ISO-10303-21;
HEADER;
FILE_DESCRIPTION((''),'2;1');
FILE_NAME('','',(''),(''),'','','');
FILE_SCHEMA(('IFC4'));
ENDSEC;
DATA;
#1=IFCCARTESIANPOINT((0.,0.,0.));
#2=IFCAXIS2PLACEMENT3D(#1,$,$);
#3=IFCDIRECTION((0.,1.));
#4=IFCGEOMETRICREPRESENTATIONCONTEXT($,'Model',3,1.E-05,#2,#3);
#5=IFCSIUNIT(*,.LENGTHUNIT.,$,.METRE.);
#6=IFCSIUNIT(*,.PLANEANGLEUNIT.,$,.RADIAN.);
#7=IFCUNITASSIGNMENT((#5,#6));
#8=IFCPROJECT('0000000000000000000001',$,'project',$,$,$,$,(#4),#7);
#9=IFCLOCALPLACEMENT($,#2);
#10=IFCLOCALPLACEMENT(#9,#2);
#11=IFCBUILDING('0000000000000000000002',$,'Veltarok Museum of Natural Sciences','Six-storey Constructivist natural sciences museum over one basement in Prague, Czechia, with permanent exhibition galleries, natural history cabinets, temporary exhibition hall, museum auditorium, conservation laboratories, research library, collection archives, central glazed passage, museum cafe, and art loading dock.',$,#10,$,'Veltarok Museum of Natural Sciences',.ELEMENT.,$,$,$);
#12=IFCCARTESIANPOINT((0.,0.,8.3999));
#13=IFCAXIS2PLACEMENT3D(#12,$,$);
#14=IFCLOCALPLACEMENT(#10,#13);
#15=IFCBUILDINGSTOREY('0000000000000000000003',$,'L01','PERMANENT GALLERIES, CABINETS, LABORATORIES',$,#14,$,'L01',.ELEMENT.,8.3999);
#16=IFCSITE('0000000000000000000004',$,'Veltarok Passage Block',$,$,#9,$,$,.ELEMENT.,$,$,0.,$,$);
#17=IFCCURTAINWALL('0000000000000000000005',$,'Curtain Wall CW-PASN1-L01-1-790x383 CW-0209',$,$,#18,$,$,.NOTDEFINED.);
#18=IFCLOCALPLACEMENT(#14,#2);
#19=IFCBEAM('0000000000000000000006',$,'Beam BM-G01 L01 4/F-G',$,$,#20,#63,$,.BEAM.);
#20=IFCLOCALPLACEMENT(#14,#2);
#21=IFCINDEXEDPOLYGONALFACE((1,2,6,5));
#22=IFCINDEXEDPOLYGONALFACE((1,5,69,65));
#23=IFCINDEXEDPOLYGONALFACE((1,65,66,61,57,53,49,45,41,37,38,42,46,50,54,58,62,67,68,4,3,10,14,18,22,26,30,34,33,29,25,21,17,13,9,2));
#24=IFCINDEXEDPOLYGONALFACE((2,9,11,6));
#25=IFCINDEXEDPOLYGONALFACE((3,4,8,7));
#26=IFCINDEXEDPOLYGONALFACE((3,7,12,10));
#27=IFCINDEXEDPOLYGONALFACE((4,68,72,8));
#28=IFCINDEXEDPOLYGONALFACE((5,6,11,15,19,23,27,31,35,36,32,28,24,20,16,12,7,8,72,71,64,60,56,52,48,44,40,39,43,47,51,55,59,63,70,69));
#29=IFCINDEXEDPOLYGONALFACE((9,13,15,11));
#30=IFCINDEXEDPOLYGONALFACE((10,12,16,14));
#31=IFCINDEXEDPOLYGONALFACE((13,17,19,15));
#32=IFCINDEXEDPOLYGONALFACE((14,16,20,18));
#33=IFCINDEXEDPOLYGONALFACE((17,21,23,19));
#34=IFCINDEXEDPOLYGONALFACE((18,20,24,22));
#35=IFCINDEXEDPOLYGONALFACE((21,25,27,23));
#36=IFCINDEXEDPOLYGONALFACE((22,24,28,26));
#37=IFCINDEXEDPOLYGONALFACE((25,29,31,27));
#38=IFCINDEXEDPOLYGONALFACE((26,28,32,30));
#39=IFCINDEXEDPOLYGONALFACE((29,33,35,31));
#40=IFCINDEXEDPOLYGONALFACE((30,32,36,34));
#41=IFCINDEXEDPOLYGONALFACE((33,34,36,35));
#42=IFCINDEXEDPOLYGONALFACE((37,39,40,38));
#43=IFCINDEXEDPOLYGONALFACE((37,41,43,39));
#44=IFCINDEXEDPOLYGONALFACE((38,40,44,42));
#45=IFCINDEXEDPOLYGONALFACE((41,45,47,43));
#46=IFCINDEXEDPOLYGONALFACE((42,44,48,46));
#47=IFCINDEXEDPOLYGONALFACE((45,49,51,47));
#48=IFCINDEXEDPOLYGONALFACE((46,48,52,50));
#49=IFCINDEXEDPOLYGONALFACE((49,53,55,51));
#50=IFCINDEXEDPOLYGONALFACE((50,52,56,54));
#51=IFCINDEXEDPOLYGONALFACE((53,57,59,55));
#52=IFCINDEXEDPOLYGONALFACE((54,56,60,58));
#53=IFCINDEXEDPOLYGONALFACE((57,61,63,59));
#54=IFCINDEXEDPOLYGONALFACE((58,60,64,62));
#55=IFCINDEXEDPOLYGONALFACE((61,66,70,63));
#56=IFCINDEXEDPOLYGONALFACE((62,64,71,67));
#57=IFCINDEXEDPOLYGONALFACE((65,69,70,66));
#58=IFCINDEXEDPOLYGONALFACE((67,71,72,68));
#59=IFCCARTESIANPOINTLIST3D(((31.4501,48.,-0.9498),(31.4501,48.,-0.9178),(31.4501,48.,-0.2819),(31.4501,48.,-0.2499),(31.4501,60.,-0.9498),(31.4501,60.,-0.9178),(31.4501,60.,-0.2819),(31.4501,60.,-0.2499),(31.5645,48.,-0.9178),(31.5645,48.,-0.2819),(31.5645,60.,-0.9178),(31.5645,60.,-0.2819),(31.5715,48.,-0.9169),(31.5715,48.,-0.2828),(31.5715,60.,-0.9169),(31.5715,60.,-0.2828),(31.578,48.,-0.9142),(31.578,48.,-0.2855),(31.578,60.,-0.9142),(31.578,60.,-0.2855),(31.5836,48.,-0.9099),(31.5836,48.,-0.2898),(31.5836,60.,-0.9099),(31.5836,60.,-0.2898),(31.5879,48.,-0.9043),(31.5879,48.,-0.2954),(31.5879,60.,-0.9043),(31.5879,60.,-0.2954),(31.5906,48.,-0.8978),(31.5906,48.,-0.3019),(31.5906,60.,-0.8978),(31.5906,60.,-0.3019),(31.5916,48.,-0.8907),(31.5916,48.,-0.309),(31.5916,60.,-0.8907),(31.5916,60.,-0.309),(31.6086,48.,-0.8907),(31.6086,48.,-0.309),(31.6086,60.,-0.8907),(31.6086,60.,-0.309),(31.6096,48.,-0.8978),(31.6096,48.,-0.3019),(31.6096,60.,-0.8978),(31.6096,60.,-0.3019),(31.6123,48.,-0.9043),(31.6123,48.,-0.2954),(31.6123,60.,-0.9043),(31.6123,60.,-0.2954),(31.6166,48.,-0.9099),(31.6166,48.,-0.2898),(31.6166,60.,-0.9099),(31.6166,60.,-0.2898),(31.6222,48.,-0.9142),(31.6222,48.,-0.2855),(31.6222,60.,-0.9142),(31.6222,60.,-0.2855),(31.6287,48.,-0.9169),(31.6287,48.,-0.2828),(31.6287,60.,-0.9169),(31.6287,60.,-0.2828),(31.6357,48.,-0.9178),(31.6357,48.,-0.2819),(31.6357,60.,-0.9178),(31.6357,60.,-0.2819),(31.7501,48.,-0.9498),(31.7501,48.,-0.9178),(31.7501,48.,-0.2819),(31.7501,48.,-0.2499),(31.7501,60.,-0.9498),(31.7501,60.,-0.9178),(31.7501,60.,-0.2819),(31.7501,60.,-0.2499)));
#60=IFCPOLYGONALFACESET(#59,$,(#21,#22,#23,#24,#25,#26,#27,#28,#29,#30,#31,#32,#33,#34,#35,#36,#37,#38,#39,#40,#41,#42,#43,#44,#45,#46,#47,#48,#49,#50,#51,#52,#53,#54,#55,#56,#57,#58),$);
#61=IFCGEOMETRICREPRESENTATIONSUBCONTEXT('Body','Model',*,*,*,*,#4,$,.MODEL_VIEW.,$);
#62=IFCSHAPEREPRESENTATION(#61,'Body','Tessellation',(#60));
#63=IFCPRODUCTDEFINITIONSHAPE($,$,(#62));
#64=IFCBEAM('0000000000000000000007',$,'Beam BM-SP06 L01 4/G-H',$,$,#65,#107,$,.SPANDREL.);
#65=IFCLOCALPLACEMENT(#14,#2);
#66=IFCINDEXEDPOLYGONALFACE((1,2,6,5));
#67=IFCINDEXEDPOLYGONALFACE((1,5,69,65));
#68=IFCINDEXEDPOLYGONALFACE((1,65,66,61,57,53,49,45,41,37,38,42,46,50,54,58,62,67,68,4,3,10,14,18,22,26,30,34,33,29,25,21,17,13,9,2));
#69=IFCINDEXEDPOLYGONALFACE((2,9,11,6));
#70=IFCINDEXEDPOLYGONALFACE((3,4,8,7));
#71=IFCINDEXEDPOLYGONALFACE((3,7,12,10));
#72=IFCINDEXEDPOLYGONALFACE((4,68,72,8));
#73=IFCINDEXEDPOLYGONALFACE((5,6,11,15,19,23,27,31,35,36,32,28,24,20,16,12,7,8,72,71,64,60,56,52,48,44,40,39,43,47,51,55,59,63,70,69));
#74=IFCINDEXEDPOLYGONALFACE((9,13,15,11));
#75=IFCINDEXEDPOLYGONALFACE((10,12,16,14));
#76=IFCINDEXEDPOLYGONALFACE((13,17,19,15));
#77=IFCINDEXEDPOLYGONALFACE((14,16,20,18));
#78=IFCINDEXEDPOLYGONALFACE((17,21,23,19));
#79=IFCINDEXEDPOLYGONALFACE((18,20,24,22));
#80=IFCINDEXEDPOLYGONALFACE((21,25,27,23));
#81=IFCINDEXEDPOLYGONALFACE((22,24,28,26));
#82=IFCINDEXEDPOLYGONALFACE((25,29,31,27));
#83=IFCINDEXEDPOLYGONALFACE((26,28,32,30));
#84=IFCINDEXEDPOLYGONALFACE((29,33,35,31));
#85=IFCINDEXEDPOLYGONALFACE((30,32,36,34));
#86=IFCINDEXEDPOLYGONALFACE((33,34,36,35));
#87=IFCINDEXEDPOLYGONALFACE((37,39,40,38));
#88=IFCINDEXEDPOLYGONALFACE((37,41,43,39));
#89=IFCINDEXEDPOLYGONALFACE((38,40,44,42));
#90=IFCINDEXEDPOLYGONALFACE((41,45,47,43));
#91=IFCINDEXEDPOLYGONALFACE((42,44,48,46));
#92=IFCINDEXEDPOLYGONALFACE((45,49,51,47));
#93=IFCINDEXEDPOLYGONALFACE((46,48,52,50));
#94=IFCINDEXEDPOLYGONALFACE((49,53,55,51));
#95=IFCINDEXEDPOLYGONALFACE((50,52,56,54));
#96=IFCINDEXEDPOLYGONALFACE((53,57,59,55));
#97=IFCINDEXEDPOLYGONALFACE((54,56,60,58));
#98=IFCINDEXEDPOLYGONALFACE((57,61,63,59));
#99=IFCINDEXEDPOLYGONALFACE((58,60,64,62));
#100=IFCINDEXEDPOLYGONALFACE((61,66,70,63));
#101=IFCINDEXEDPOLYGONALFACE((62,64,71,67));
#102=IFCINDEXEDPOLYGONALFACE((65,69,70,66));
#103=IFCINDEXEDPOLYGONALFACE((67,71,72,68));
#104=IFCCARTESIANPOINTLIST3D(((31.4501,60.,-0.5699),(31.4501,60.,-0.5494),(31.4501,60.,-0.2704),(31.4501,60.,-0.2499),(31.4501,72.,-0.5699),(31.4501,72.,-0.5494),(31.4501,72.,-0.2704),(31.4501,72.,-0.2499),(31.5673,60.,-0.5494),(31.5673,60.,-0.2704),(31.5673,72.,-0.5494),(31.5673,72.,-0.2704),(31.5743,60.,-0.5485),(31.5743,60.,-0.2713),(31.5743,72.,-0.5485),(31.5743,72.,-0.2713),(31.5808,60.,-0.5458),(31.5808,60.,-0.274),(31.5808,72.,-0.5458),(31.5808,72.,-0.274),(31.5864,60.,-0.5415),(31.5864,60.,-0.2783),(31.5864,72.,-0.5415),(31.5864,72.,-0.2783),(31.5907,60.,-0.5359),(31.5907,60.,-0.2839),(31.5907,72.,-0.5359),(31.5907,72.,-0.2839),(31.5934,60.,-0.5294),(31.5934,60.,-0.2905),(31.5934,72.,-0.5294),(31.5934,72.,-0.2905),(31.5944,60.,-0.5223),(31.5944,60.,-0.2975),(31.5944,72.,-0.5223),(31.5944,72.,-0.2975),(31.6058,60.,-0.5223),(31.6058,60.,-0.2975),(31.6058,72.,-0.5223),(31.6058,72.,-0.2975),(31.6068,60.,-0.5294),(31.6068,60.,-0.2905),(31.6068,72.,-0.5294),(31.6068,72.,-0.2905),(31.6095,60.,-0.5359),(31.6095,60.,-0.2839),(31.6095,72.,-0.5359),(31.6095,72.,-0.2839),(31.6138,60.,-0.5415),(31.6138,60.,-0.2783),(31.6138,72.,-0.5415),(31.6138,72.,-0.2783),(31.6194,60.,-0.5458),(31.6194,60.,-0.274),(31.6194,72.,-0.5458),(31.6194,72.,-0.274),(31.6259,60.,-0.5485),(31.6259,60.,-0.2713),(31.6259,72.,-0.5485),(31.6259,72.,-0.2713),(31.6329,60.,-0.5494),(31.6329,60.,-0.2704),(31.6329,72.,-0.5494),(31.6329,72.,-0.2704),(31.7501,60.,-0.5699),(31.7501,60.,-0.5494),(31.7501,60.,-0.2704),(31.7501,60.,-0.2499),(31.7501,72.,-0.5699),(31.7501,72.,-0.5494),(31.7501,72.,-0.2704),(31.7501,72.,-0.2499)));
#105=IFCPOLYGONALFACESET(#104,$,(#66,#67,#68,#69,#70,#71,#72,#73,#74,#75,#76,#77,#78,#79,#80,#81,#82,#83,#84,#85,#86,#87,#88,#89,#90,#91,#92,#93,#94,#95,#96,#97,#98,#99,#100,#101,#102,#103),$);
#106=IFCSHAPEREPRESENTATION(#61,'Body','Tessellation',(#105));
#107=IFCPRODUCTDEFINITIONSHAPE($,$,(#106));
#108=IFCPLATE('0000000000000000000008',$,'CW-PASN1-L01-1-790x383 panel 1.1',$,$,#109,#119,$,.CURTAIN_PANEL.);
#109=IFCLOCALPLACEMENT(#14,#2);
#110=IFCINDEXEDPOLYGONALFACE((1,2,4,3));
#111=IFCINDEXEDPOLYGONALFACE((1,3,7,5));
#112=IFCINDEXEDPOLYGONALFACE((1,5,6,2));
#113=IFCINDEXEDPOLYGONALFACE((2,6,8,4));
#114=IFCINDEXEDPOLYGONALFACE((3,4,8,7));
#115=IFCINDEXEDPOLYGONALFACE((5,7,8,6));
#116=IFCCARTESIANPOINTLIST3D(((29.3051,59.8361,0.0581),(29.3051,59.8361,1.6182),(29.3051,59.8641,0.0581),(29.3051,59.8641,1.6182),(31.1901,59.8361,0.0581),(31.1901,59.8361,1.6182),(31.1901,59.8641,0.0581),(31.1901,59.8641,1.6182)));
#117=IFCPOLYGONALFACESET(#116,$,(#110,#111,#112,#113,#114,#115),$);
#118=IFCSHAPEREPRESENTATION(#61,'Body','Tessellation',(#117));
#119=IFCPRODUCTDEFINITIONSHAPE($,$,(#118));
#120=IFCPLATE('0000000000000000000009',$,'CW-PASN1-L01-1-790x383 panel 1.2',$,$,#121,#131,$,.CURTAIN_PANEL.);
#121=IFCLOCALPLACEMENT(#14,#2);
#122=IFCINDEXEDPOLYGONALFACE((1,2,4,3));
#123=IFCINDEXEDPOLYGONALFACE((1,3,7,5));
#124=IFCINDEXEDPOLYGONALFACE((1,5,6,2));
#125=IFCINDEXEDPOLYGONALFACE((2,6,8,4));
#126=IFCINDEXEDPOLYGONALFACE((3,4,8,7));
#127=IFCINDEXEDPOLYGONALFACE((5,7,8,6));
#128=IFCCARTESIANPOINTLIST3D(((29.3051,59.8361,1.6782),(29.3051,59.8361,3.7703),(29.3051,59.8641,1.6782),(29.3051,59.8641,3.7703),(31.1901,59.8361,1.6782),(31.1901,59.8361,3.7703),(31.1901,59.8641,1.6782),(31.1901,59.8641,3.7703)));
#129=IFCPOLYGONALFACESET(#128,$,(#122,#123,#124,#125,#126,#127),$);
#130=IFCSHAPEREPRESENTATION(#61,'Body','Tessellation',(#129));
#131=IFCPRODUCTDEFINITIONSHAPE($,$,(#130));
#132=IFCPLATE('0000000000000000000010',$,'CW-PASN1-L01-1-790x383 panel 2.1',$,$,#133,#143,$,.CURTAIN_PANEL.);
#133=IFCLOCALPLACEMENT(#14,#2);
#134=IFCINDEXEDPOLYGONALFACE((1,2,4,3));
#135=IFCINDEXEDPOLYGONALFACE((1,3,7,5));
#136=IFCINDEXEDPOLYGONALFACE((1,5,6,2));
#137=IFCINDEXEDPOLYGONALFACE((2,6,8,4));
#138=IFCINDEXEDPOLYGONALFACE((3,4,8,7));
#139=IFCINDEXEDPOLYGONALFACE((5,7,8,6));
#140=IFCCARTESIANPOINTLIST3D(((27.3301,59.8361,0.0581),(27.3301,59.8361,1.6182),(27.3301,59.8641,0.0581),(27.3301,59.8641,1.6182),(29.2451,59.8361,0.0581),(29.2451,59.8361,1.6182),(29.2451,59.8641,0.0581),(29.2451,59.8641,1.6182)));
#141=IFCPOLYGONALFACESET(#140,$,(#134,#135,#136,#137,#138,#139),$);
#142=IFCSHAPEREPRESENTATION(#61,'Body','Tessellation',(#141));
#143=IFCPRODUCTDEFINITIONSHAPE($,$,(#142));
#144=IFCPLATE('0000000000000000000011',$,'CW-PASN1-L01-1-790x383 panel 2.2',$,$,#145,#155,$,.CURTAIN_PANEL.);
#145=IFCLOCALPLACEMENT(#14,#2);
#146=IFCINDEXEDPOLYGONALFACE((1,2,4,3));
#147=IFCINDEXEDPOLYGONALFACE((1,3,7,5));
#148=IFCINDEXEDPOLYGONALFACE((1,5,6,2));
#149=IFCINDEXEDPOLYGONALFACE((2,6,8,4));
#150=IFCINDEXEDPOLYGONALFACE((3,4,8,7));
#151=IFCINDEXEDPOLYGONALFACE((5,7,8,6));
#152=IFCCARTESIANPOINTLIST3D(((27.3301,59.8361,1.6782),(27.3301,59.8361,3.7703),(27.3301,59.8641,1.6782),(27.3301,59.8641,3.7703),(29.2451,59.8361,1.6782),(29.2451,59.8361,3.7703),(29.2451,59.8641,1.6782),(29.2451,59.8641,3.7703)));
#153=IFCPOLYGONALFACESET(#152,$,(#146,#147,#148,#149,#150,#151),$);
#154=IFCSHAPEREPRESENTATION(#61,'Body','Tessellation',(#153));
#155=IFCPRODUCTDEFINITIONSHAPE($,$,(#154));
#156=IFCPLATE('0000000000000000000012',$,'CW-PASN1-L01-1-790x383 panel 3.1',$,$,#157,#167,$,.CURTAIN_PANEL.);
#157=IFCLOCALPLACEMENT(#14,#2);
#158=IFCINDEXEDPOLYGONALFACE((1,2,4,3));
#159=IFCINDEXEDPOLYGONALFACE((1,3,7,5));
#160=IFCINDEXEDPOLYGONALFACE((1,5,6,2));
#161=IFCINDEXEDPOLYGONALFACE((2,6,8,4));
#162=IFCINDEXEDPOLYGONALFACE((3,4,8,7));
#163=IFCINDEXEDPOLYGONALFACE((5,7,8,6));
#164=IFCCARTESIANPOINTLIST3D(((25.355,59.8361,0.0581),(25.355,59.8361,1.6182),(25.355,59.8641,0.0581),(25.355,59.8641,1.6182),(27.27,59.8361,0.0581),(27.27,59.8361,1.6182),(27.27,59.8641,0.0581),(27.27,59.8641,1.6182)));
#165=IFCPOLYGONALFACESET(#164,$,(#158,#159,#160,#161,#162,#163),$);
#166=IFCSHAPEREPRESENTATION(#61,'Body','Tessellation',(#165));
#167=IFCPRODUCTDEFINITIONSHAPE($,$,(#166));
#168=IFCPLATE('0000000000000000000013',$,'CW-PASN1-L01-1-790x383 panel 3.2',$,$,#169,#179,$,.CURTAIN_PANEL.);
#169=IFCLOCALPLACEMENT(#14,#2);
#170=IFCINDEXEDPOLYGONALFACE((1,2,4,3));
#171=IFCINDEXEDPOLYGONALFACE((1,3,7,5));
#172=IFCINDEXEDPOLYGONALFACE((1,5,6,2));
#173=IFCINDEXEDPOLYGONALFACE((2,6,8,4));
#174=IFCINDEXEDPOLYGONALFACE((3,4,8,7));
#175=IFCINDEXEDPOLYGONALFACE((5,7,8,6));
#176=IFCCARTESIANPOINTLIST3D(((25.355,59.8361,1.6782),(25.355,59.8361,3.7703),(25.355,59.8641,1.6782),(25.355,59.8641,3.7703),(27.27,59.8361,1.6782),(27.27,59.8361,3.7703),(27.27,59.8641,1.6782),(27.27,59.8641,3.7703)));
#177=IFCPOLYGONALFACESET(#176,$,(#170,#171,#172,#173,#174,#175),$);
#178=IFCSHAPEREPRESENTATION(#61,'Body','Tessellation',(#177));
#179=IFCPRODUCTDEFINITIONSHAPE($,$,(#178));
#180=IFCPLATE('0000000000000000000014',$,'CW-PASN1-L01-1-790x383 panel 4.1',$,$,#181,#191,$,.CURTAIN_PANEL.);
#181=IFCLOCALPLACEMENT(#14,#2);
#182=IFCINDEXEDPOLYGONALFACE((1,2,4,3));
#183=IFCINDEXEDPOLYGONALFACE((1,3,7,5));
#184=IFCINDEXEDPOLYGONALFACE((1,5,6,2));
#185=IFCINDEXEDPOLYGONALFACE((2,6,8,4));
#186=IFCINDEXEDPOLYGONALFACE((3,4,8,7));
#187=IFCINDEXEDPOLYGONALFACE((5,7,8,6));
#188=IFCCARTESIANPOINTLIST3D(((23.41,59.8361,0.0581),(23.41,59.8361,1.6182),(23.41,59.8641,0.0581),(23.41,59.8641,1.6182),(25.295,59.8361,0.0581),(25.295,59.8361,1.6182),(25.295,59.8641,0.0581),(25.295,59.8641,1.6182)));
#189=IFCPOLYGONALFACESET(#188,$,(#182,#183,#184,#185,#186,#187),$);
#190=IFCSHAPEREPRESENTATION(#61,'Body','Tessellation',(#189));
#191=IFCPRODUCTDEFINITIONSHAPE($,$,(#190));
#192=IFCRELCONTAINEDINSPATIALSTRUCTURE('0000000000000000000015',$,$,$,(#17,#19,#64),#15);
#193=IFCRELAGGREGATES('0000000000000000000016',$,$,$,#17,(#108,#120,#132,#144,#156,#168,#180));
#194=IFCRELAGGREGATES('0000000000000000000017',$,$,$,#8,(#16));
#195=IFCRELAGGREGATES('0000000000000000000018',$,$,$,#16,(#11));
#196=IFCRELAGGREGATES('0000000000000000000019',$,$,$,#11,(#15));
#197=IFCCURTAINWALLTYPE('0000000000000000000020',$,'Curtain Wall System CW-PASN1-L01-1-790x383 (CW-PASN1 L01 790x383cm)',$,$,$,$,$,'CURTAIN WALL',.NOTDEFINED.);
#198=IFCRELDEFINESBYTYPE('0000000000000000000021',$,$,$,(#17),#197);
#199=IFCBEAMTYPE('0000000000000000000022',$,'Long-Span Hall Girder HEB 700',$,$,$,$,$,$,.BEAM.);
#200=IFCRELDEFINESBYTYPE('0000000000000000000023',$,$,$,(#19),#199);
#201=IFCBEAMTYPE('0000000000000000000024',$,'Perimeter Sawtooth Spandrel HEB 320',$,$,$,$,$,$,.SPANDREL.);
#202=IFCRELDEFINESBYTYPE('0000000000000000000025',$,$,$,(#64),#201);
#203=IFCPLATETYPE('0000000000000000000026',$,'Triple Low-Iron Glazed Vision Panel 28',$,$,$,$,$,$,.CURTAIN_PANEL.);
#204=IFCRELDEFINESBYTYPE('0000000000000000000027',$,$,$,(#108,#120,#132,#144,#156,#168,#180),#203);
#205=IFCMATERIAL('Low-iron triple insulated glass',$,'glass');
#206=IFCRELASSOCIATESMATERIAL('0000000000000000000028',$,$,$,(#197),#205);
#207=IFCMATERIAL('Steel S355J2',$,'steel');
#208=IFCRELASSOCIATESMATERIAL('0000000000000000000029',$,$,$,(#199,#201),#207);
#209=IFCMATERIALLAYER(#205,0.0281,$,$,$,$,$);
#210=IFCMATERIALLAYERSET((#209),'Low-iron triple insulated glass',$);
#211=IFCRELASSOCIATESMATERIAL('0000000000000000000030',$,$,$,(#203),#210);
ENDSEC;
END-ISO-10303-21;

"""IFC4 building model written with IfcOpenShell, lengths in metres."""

from ifc_helpers import new_model, si_unit, direction, frame, origin, origin_2d, place, context, subcontext, project, spatial, rectangle, i_section, extrude, material, layer, layer_set, material_profile, profile_set, type_object, element, aggregate, save


model = new_model("IFC4")

# Units and contexts
model_context = context("Model", 3, precision=1e-05, world=origin(), true_north=direction((0.0, 1.0)))
body_context = subcontext(model_context, "Body", "Model", "MODEL_VIEW")
ifc_project = project(units=[si_unit("LENGTHUNIT", "METRE"), si_unit("PLANEANGLEUNIT", "RADIAN")], contexts=[model_context])

# Site, building, storey
site_placement = place(None, origin())
site = spatial("IfcSite", under=ifc_project, at=site_placement, Name="Veltarok Passage Block", CompositionType="ELEMENT", RefElevation=0.0)
building_placement = place(site_placement, origin())
building = spatial("IfcBuilding", under=site, at=building_placement, Name="Veltarok Museum of Natural Sciences", Description="Six-storey Constructivist natural sciences museum over one basement in Prague, Czechia, with permanent exhibition galleries, natural history cabinets, temporary exhibition hall, museum auditorium, conservation laboratories, research library, collection archives, central glazed passage, museum cafe, and art loading dock.", LongName="Veltarok Museum of Natural Sciences", CompositionType="ELEMENT")
storey_placement = place(building_placement, frame((0.0, 0.0, 8.3999)))
storey = spatial("IfcBuildingStorey", under=building, at=storey_placement, Name="L01", Description="PERMANENT GALLERIES, CABINETS, LABORATORIES", LongName="L01", CompositionType="ELEMENT", Elevation=8.3999)

# Shared definitions
ifc_material_1 = material(Name="Steel S355J2", Category="steel")

# Curtain wall
ifc_material_2 = material(Name="Low-iron triple insulated glass", Category="glass")
curtain_wall_type = type_object("IfcCurtainWallType", Name="Curtain Wall System CW-PASN1-L01-1-790x383 (CW-PASN1 L01 790x383cm)", ElementType="CURTAIN WALL", PredefinedType="NOTDEFINED", material=ifc_material_2)
curtain_wall_placement = place(storey_placement, origin())
curtain_wall = element("IfcCurtainWall", 1, at=curtain_wall_placement, inside=storey, type_object=curtain_wall_type, Name="Curtain Wall CW-PASN1-L01-1-790x383 CW-0209", PredefinedType="NOTDEFINED")

# Beams
ifc_material_profile_1 = material_profile(ifc_material_1, i_section(OverallWidth=0.3, OverallDepth=0.7, WebThickness=0.0171, FlangeThickness=0.032, FilletRadius=0.0271, at=origin_2d()), Name="HEB 700")
ifc_profile_set_1 = profile_set([ifc_material_profile_1], Name="Steel S355J2")
beam_type_1 = type_object("IfcBeamType", Name="Long-Span Hall Girder HEB 700", PredefinedType="BEAM", material=ifc_profile_set_1)
beam_1_placement = place(storey_placement, frame((31.6001, 48.0, -0.5999), z_axis=(0.0, 1.0, 0.0), x_axis=(-1.0, 0.0, 0.0)))
element("IfcBeam", 2, at=beam_1_placement, inside=storey, type_object=beam_type_1, Name="Beam BM-G01 L01 4/F-G", PredefinedType="BEAM", context=body_context, shape_type="SweptSolid", body=[
    extrude(i_section(OverallWidth=0.3, OverallDepth=0.7, WebThickness=0.0171, FlangeThickness=0.032, FilletRadius=0.0271, at=origin_2d()), origin(), (0.0, 0.0, 1.0), 12.0),
])
ifc_material_profile_2 = material_profile(ifc_material_1, i_section(OverallWidth=0.3, OverallDepth=0.3201, WebThickness=0.0115, FlangeThickness=0.0205, FilletRadius=0.0271, at=origin_2d()), Name="HEB 320")
ifc_profile_set_2 = profile_set([ifc_material_profile_2], Name="Steel S355J2")
beam_type_2 = type_object("IfcBeamType", Name="Perimeter Sawtooth Spandrel HEB 320", PredefinedType="SPANDREL", material=ifc_profile_set_2)
beam_2_placement = place(storey_placement, frame((31.6001, 60.0, -0.4099), z_axis=(0.0, 1.0, 0.0), x_axis=(-1.0, 0.0, 0.0)))
element("IfcBeam", 3, at=beam_2_placement, inside=storey, type_object=beam_type_2, Name="Beam BM-SP06 L01 4/G-H", PredefinedType="SPANDREL", context=body_context, shape_type="SweptSolid", body=[
    extrude(i_section(OverallWidth=0.3, OverallDepth=0.3201, WebThickness=0.0115, FlangeThickness=0.0205, FilletRadius=0.0271, at=origin_2d()), origin(), (0.0, 0.0, 1.0), 12.0),
])

# Plates
ifc_layer = layer(ifc_material_2, 0.0281)
ifc_layer_set = layer_set([ifc_layer], Name="Low-iron triple insulated glass")
plate_type = type_object("IfcPlateType", Name="Triple Low-Iron Glazed Vision Panel 28", PredefinedType="CURTAIN_PANEL", material=ifc_layer_set)
plate_1_placement = place(storey_placement, frame((30.2476, 59.8501, 0.0581), z_axis=(0.0, 0.0, 1.0), x_axis=(-1.0, 0.0, 0.0)))
plate_1 = element("IfcPlate", 4, at=plate_1_placement, type_object=plate_type, Name="CW-PASN1-L01-1-790x383 panel 1.1", PredefinedType="CURTAIN_PANEL", context=body_context, shape_type="SweptSolid", body=[
    extrude(rectangle(XDim=1.885, YDim=0.0281, at=origin_2d()), origin(), (0.0, 0.0, 1.0), 1.5601),
])
plate_2_placement = place(storey_placement, frame((30.2476, 59.8501, 1.6782), z_axis=(0.0, 0.0, 1.0), x_axis=(-1.0, 0.0, 0.0)))
plate_2 = element("IfcPlate", 5, at=plate_2_placement, type_object=plate_type, Name="CW-PASN1-L01-1-790x383 panel 1.2", PredefinedType="CURTAIN_PANEL", context=body_context, shape_type="SweptSolid", body=[
    extrude(rectangle(XDim=1.885, YDim=0.0281, at=origin_2d()), origin(), (0.0, 0.0, 1.0), 2.092),
])
plate_3_placement = place(storey_placement, frame((28.2876, 59.8501, 0.0581), z_axis=(0.0, 0.0, 1.0), x_axis=(-1.0, 0.0, 0.0)))
plate_3 = element("IfcPlate", 6, at=plate_3_placement, type_object=plate_type, Name="CW-PASN1-L01-1-790x383 panel 2.1", PredefinedType="CURTAIN_PANEL", context=body_context, shape_type="SweptSolid", body=[
    extrude(rectangle(XDim=1.915, YDim=0.0281, at=origin_2d()), origin(), (0.0, 0.0, 1.0), 1.5601),
])
plate_4_placement = place(storey_placement, frame((28.2876, 59.8501, 1.6782), z_axis=(0.0, 0.0, 1.0), x_axis=(-1.0, 0.0, 0.0)))
plate_4 = element("IfcPlate", 7, at=plate_4_placement, type_object=plate_type, Name="CW-PASN1-L01-1-790x383 panel 2.2", PredefinedType="CURTAIN_PANEL", context=body_context, shape_type="SweptSolid", body=[
    extrude(rectangle(XDim=1.915, YDim=0.0281, at=origin_2d()), origin(), (0.0, 0.0, 1.0), 2.092),
])
plate_5_placement = place(storey_placement, frame((26.3125, 59.8501, 0.0581), z_axis=(0.0, 0.0, 1.0), x_axis=(-1.0, 0.0, 0.0)))
plate_5 = element("IfcPlate", 8, at=plate_5_placement, type_object=plate_type, Name="CW-PASN1-L01-1-790x383 panel 3.1", PredefinedType="CURTAIN_PANEL", context=body_context, shape_type="SweptSolid", body=[
    extrude(rectangle(XDim=1.915, YDim=0.0281, at=origin_2d()), origin(), (0.0, 0.0, 1.0), 1.5601),
])
plate_6_placement = place(storey_placement, frame((26.3125, 59.8501, 1.6782), z_axis=(0.0, 0.0, 1.0), x_axis=(-1.0, 0.0, 0.0)))
plate_6 = element("IfcPlate", 9, at=plate_6_placement, type_object=plate_type, Name="CW-PASN1-L01-1-790x383 panel 3.2", PredefinedType="CURTAIN_PANEL", context=body_context, shape_type="SweptSolid", body=[
    extrude(rectangle(XDim=1.915, YDim=0.0281, at=origin_2d()), origin(), (0.0, 0.0, 1.0), 2.092),
])
plate_7_placement = place(storey_placement, frame((24.3525, 59.8501, 0.0581), z_axis=(0.0, 0.0, 1.0), x_axis=(-1.0, 0.0, 0.0)))
plate_7 = element("IfcPlate", 10, at=plate_7_placement, type_object=plate_type, Name="CW-PASN1-L01-1-790x383 panel 4.1", PredefinedType="CURTAIN_PANEL", context=body_context, shape_type="SweptSolid", body=[
    extrude(rectangle(XDim=1.885, YDim=0.0281, at=origin_2d()), origin(), (0.0, 0.0, 1.0), 1.5601),
])
aggregate(curtain_wall, [plate_1, plate_2, plate_3, plate_4, plate_5, plate_6, plate_7])

save(model, "model.ifc")
